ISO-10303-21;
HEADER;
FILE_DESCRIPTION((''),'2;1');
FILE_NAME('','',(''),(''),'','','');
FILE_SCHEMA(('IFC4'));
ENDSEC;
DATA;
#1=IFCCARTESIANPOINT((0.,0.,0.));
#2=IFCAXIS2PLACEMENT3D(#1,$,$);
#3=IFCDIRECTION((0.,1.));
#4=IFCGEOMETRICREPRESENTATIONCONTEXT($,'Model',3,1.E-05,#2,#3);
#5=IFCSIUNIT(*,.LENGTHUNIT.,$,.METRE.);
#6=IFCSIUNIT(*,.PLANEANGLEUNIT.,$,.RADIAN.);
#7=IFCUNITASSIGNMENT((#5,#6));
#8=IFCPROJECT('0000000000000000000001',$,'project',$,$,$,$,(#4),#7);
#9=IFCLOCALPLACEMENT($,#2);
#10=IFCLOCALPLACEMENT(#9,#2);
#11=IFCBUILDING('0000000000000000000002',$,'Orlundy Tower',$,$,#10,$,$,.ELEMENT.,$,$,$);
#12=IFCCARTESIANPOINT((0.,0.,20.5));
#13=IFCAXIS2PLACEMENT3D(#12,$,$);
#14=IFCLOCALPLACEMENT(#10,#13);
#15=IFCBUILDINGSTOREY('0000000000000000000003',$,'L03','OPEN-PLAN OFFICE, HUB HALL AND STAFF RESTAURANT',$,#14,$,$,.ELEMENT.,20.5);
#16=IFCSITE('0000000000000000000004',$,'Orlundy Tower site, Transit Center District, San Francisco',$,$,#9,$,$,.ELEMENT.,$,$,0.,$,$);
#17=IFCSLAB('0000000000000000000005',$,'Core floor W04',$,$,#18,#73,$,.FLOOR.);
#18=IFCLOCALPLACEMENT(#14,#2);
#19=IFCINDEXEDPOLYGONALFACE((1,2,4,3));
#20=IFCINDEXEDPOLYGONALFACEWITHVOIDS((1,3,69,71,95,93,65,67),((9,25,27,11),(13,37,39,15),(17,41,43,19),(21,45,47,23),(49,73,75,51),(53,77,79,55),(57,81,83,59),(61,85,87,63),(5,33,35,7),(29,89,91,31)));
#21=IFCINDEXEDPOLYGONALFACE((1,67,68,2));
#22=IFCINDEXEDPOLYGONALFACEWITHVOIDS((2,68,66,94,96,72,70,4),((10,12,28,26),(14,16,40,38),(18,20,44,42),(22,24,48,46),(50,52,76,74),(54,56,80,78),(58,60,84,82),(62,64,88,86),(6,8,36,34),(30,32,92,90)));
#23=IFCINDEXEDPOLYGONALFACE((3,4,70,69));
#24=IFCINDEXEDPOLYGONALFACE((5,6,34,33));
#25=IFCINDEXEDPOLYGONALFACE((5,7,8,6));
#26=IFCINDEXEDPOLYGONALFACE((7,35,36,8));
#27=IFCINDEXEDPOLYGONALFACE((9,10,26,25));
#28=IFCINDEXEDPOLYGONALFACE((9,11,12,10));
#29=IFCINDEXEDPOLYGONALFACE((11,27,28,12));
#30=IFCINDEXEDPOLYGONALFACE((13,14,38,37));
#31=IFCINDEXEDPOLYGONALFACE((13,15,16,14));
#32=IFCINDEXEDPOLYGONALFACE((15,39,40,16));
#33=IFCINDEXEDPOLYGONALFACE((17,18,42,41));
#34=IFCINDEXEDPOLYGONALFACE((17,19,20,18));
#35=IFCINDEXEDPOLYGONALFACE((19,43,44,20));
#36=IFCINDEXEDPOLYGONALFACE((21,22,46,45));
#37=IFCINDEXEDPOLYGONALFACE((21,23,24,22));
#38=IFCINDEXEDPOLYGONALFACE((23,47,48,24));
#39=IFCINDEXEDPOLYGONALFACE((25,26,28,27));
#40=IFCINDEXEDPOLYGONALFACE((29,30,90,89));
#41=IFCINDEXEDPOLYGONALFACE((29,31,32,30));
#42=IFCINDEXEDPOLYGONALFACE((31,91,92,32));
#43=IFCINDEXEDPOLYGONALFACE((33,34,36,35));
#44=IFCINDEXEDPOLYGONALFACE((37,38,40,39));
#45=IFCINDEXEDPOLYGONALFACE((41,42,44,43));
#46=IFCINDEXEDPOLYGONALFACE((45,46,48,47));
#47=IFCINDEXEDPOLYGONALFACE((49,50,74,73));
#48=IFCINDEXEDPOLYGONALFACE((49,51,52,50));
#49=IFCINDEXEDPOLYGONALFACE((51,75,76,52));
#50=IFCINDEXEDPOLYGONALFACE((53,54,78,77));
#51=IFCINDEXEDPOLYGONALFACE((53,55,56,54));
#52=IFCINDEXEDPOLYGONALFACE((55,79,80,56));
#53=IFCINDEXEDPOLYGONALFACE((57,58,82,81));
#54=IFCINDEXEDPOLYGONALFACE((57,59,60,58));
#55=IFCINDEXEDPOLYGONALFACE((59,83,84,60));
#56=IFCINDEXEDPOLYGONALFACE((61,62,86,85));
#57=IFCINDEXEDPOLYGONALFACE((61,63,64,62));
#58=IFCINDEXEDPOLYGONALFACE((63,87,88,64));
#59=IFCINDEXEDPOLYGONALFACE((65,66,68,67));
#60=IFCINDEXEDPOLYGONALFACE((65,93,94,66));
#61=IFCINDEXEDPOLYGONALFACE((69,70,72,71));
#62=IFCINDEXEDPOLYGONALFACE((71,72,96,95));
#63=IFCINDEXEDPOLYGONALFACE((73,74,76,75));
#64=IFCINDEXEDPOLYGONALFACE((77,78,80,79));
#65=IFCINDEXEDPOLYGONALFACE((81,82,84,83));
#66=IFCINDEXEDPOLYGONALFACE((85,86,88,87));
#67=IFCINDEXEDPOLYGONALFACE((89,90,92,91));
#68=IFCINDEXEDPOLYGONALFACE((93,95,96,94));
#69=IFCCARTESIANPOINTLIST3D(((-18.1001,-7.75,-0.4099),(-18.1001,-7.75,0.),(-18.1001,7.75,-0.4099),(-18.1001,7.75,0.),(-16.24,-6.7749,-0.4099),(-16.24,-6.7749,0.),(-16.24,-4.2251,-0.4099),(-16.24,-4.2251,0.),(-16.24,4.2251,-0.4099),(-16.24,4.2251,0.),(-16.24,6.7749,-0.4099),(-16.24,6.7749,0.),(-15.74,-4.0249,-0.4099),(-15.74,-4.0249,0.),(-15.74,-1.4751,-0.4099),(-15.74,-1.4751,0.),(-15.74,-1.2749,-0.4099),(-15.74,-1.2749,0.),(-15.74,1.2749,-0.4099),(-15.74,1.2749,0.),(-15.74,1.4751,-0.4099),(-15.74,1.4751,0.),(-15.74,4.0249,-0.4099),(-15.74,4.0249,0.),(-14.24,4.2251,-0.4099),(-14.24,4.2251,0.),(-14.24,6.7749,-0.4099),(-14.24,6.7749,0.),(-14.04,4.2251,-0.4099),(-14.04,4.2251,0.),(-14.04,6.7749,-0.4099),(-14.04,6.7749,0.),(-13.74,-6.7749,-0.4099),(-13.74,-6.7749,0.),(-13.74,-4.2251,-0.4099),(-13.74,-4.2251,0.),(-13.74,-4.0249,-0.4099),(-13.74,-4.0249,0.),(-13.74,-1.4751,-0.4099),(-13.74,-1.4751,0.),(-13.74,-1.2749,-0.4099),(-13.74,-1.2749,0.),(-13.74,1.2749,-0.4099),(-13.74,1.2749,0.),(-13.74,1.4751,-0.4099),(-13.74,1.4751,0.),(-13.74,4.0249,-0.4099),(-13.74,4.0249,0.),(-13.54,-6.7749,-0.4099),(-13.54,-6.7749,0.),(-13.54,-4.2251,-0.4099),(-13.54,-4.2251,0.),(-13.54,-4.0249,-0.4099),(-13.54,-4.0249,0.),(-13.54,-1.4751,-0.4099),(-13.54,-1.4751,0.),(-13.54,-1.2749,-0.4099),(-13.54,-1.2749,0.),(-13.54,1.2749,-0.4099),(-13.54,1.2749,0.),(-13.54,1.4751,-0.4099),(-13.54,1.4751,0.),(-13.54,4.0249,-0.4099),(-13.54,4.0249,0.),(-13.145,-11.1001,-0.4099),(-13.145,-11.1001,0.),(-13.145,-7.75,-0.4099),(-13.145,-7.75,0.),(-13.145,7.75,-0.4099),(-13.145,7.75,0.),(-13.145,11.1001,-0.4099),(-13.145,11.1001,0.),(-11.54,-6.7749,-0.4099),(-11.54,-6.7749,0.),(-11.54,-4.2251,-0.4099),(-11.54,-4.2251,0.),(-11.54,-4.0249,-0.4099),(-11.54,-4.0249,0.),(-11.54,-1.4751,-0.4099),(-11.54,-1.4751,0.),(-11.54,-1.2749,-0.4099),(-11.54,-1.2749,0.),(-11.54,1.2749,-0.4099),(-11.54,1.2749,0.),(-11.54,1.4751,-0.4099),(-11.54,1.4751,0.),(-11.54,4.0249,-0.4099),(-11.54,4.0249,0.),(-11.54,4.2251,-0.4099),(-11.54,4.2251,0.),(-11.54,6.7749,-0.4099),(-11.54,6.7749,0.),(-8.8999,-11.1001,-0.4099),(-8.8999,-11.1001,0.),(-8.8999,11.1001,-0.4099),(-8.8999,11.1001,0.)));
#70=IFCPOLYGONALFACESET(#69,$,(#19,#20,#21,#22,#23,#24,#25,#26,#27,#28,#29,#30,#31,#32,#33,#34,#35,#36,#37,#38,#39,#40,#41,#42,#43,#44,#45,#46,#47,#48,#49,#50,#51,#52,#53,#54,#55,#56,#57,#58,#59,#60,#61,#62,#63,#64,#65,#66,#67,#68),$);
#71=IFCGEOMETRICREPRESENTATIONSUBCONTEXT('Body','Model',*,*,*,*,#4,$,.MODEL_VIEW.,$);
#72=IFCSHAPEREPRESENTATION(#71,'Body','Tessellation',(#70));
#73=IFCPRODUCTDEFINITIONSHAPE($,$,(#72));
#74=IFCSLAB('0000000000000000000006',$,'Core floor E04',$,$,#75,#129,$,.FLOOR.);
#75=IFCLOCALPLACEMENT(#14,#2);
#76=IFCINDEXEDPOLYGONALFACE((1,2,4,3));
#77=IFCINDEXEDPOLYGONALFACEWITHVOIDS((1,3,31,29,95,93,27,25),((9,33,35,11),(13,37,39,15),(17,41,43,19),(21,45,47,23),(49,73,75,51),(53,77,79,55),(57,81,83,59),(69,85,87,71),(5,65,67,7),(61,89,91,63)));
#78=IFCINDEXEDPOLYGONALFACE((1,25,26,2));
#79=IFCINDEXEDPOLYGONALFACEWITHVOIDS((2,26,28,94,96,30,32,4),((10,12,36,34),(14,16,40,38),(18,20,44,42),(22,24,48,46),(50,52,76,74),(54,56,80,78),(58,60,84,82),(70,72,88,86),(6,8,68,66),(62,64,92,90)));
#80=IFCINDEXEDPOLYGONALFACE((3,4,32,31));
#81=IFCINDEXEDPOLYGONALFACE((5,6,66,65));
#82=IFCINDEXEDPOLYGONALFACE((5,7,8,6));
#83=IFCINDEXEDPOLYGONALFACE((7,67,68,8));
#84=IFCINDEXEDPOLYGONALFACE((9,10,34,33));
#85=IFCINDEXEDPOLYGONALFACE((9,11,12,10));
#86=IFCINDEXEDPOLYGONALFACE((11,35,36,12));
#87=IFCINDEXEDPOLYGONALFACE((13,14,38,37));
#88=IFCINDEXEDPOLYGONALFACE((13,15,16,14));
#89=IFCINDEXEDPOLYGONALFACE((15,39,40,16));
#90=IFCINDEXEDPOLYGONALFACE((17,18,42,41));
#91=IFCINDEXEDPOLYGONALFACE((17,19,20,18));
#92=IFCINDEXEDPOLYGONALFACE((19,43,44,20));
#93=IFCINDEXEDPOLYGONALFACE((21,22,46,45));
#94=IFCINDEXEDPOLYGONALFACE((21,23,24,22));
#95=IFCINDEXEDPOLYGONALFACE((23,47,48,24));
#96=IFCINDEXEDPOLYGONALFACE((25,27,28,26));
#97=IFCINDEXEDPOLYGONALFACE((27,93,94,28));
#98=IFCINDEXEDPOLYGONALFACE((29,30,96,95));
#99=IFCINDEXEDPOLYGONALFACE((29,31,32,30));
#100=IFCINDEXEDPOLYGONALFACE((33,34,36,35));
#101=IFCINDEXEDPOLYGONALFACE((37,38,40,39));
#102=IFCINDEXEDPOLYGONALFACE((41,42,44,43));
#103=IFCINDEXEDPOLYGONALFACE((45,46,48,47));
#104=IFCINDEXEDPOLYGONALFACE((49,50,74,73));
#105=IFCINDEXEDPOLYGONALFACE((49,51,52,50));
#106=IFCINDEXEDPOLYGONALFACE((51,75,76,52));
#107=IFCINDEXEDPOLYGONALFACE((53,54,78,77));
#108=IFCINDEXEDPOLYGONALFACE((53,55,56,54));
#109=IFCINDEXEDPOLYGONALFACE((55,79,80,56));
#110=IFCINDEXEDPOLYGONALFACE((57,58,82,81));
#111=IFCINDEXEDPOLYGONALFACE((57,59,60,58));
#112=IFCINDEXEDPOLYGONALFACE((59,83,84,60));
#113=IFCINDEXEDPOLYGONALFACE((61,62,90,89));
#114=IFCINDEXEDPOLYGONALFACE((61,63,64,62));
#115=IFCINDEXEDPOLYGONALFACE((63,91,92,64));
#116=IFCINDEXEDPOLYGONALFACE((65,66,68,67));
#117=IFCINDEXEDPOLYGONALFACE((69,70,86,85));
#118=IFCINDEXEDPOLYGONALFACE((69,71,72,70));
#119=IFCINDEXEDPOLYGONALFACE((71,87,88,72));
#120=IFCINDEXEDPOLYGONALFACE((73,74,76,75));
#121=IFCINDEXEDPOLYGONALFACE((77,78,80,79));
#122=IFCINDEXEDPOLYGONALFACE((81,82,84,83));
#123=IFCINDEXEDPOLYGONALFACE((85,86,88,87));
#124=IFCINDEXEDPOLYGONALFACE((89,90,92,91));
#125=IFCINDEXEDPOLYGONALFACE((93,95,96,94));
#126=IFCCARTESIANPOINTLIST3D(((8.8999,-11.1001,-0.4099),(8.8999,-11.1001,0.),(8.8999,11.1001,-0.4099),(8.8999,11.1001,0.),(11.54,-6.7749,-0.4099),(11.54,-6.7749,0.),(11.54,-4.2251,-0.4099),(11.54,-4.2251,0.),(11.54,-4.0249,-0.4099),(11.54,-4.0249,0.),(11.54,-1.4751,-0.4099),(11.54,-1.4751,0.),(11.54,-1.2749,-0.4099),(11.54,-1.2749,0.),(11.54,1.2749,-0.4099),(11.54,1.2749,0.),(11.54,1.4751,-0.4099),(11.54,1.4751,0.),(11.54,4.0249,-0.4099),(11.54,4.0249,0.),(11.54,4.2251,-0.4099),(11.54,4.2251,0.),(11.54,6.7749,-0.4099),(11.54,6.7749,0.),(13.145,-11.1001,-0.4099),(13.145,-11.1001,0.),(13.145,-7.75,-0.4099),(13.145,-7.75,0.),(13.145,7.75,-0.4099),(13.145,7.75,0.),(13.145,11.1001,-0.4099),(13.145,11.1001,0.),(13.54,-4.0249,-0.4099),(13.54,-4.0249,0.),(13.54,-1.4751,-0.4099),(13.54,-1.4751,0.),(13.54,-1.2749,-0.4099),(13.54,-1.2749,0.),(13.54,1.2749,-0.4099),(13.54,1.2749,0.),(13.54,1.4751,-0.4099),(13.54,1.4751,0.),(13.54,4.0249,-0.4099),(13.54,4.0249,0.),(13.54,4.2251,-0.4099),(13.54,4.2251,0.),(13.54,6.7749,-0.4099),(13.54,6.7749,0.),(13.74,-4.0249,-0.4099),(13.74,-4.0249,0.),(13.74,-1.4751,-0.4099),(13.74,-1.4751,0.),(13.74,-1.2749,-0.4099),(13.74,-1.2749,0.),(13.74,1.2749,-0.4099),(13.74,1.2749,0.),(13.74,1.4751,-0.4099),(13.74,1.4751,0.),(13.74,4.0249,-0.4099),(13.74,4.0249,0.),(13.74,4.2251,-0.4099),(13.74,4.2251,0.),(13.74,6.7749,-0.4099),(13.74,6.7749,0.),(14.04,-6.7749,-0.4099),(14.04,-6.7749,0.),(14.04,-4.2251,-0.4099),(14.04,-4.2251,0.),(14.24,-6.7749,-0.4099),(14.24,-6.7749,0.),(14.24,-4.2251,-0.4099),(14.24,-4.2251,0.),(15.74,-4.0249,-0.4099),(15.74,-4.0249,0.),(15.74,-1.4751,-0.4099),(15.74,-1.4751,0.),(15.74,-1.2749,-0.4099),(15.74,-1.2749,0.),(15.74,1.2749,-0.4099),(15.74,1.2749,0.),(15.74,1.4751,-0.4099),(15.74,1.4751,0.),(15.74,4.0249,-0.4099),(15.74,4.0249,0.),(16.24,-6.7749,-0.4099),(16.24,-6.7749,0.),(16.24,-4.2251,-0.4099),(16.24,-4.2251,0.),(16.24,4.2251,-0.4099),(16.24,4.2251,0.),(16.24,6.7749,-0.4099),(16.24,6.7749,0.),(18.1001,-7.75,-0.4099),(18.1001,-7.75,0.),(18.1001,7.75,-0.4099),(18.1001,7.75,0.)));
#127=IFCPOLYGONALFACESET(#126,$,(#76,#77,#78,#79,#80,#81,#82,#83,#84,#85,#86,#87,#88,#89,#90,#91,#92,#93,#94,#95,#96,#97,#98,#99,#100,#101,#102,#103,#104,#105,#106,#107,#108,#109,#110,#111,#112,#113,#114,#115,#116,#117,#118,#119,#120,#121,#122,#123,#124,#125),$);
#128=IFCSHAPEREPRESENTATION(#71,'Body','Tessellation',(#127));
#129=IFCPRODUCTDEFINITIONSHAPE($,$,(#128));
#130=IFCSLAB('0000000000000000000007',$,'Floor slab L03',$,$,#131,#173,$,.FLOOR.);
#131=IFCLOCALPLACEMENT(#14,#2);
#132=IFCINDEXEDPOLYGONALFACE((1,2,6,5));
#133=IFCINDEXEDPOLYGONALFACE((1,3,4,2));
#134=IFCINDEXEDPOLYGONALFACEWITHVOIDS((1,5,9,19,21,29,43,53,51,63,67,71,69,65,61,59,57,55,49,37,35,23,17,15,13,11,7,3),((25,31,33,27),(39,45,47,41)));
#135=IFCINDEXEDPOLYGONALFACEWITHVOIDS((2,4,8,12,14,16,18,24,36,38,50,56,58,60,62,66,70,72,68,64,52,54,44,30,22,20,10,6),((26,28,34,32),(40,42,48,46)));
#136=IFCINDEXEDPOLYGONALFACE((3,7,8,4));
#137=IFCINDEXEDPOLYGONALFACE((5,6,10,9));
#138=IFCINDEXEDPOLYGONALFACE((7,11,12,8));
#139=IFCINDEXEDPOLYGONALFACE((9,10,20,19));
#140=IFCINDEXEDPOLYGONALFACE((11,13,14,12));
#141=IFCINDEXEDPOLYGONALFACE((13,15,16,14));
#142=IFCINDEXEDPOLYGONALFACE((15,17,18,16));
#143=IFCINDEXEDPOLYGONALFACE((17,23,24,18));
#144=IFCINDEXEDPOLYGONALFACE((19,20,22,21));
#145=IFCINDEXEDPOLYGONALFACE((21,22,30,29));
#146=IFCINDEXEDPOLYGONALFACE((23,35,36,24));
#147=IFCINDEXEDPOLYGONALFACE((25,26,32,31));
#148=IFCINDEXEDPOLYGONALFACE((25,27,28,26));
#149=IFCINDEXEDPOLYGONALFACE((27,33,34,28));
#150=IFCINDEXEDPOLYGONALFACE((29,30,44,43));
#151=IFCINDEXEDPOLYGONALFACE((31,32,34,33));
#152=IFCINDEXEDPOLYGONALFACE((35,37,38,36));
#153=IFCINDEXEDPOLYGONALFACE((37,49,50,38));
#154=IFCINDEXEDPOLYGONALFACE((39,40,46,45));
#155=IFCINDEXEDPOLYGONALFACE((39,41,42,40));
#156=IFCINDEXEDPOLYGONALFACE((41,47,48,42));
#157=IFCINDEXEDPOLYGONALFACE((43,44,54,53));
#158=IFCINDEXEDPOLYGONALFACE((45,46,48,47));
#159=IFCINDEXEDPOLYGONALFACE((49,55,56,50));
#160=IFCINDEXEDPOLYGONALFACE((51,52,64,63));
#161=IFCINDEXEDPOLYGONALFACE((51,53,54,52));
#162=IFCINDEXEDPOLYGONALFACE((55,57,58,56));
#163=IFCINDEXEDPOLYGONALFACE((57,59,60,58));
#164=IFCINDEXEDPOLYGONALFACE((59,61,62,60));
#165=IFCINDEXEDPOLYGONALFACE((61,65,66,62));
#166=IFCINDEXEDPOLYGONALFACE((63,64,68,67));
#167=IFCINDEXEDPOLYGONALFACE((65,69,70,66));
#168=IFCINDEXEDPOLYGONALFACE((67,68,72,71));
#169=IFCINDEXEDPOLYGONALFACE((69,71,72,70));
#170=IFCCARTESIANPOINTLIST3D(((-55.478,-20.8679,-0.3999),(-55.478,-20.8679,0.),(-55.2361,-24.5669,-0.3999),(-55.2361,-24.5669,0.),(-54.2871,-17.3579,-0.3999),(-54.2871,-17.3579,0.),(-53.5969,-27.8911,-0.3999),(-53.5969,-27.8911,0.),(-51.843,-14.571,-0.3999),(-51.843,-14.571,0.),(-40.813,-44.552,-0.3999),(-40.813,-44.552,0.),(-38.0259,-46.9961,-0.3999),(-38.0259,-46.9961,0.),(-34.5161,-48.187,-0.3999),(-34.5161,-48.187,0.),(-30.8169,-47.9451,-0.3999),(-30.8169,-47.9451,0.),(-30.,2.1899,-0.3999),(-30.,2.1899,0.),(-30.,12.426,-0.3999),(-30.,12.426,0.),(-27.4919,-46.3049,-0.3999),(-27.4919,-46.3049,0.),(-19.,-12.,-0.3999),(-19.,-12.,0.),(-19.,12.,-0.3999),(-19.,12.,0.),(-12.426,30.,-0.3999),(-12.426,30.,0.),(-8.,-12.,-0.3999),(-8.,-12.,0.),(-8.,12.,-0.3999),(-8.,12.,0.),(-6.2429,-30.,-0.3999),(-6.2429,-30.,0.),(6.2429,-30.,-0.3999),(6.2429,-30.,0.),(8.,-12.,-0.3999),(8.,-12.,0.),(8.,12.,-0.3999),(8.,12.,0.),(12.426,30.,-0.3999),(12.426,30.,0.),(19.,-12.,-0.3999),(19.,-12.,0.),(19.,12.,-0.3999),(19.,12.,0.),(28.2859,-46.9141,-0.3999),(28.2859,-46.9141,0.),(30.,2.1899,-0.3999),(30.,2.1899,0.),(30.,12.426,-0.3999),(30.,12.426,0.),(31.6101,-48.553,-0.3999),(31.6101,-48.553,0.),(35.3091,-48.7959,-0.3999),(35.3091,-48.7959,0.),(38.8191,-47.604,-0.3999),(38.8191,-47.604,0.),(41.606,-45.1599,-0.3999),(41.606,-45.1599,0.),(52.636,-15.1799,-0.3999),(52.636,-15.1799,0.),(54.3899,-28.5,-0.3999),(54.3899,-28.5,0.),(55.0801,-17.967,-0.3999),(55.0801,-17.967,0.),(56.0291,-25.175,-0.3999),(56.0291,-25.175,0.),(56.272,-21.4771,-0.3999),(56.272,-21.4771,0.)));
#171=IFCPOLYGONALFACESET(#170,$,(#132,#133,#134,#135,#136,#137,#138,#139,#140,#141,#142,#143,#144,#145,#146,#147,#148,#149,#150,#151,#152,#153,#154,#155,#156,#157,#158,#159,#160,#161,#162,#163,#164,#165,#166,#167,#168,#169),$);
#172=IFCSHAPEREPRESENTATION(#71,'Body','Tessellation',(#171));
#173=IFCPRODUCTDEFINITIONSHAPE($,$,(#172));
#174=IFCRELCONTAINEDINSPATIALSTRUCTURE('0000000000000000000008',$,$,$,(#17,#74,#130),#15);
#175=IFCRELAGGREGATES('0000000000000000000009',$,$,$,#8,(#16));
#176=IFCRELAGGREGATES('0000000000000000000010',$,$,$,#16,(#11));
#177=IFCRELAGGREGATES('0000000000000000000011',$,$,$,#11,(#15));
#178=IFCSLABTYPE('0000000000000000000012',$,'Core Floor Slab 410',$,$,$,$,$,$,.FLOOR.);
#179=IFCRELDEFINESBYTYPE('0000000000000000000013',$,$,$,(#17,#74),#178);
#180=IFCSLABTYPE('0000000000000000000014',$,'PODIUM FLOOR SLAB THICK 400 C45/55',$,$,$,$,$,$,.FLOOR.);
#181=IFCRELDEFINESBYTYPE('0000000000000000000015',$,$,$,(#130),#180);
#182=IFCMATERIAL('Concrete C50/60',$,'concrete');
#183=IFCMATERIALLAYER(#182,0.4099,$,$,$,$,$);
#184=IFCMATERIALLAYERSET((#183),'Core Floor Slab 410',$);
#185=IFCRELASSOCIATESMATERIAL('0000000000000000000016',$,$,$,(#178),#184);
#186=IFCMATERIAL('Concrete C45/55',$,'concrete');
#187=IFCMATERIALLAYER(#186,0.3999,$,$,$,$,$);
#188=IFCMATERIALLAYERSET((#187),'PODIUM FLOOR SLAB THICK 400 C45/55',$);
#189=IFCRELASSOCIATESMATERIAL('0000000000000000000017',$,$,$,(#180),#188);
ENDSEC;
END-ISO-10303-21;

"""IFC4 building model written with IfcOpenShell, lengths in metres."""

from ifc_helpers import new_model, si_unit, direction, frame, origin, place, context, subcontext, project, spatial, polyline, outline, extrude, material, layer, layer_set, type_object, element, save


model = new_model("IFC4")

# Units and contexts
model_context = context("Model", 3, precision=1e-05, world=origin(), true_north=direction((0.0, 1.0)))
body_context = subcontext(model_context, "Body", "Model", "MODEL_VIEW")
ifc_project = project(units=[si_unit("LENGTHUNIT", "METRE"), si_unit("PLANEANGLEUNIT", "RADIAN")], contexts=[model_context])

# Site, building, storey
site_placement = place(None, origin())
site = spatial("IfcSite", under=ifc_project, at=site_placement, Name="Orlundy Tower site, Transit Center District, San Francisco", CompositionType="ELEMENT", RefElevation=0.0)
building_placement = place(site_placement, origin())
building = spatial("IfcBuilding", under=site, at=building_placement, Name="Orlundy Tower", CompositionType="ELEMENT")
storey_placement = place(building_placement, frame((0.0, 0.0, 20.5)))
storey = spatial("IfcBuildingStorey", under=building, at=storey_placement, Name="L03", Description="OPEN-PLAN OFFICE, HUB HALL AND STAFF RESTAURANT", CompositionType="ELEMENT", Elevation=20.5)

# Slabs
ifc_material_1 = material(Name="Concrete C50/60", Category="concrete")
ifc_layer_1 = layer(ifc_material_1, 0.4099)
ifc_layer_set_1 = layer_set([ifc_layer_1], Name="Core Floor Slab 410")
slab_type_1 = type_object("IfcSlabType", Name="Core Floor Slab 410", PredefinedType="FLOOR", material=ifc_layer_set_1)
slab_1_placement = place(storey_placement, frame((0.0, 0.0, -0.4099)))
element("IfcSlab", 1, at=slab_1_placement, inside=storey, type_object=slab_type_1, Name="Core floor W04", PredefinedType="FLOOR", context=body_context, shape_type="SweptSolid", body=[
    extrude(outline(polyline([(-8.8999, -11.1001), (-13.145, -11.1001), (-13.145, -7.75), (-18.1001, -7.75), (-18.1001, 7.75), (-13.145, 7.75), (-13.145, 11.1001), (-8.8999, 11.1001), (-8.8999, -11.1001)]), holes=[polyline([(-11.54, -6.7749), (-11.54, -4.2251), (-13.54, -4.2251), (-13.54, -6.7749), (-11.54, -6.7749)]), polyline([(-16.24, -6.7749), (-13.74, -6.7749), (-13.74, -4.2251), (-16.24, -4.2251), (-16.24, -6.7749)]), polyline([(-13.54, -1.4751), (-13.54, -4.0249), (-11.54, -4.0249), (-11.54, -1.4751), (-13.54, -1.4751)]), polyline([(-13.74, -1.4751), (-15.74, -1.4751), (-15.74, -4.0249), (-13.74, -4.0249), (-13.74, -1.4751)]), polyline([(-11.54, -1.2749), (-11.54, 1.2749), (-13.54, 1.2749), (-13.54, -1.2749), (-11.54, -1.2749)]), polyline([(-15.74, -1.2749), (-13.74, -1.2749), (-13.74, 1.2749), (-15.74, 1.2749), (-15.74, -1.2749)]), polyline([(-13.54, 4.0249), (-13.54, 1.4751), (-11.54, 1.4751), (-11.54, 4.0249), (-13.54, 4.0249)]), polyline([(-13.74, 4.0249), (-15.74, 4.0249), (-15.74, 1.4751), (-13.74, 1.4751), (-13.74, 4.0249)]), polyline([(-11.54, 4.2251), (-11.54, 6.7749), (-14.04, 6.7749), (-14.04, 4.2251), (-11.54, 4.2251)]), polyline([(-16.24, 4.2251), (-14.24, 4.2251), (-14.24, 6.7749), (-16.24, 6.7749), (-16.24, 4.2251)])]), origin(), (0.0, 0.0, 1.0), 0.4099),
])
slab_2_placement = place(storey_placement, frame((0.0, 0.0, -0.4099)))
element("IfcSlab", 2, at=slab_2_placement, inside=storey, type_object=slab_type_1, Name="Core floor E04", PredefinedType="FLOOR", context=body_context, shape_type="SweptSolid", body=[
    extrude(outline(polyline([(8.8999, 11.1001), (13.145, 11.1001), (13.145, 7.75), (18.1001, 7.75), (18.1001, -7.75), (13.145, -7.75), (13.145, -11.1001), (8.8999, -11.1001), (8.8999, 11.1001)]), holes=[polyline([(11.54, 6.7749), (11.54, 4.2251), (13.54, 4.2251), (13.54, 6.7749), (11.54, 6.7749)]), polyline([(16.24, 6.7749), (13.74, 6.7749), (13.74, 4.2251), (16.24, 4.2251), (16.24, 6.7749)]), polyline([(13.54, 1.4751), (13.54, 4.0249), (11.54, 4.0249), (11.54, 1.4751), (13.54, 1.4751)]), polyline([(13.74, 1.4751), (15.74, 1.4751), (15.74, 4.0249), (13.74, 4.0249), (13.74, 1.4751)]), polyline([(11.54, 1.2749), (11.54, -1.2749), (13.54, -1.2749), (13.54, 1.2749), (11.54, 1.2749)]), polyline([(15.74, 1.2749), (13.74, 1.2749), (13.74, -1.2749), (15.74, -1.2749), (15.74, 1.2749)]), polyline([(13.54, -4.0249), (13.54, -1.4751), (11.54, -1.4751), (11.54, -4.0249), (13.54, -4.0249)]), polyline([(13.74, -4.0249), (15.74, -4.0249), (15.74, -1.4751), (13.74, -1.4751), (13.74, -4.0249)]), polyline([(11.54, -4.2251), (11.54, -6.7749), (14.04, -6.7749), (14.04, -4.2251), (11.54, -4.2251)]), polyline([(16.24, -4.2251), (14.24, -4.2251), (14.24, -6.7749), (16.24, -6.7749), (16.24, -4.2251)])]), origin(), (0.0, 0.0, 1.0), 0.4099),
])
ifc_material_2 = material(Name="Concrete C45/55", Category="concrete")
ifc_layer_2 = layer(ifc_material_2, 0.3999)
ifc_layer_set_2 = layer_set([ifc_layer_2], Name="PODIUM FLOOR SLAB THICK 400 C45/55")
slab_type_2 = type_object("IfcSlabType", Name="PODIUM FLOOR SLAB THICK 400 C45/55", PredefinedType="FLOOR", material=ifc_layer_set_2)
slab_3_placement = place(storey_placement, frame((0.0, 0.0, -0.3999)))
element("IfcSlab", 3, at=slab_3_placement, inside=storey, type_object=slab_type_2, Name="Floor slab L03", PredefinedType="FLOOR", context=body_context, shape_type="SweptSolid", body=[
    extrude(outline(polyline([(6.2429, -30.0), (-6.2429, -30.0), (-27.4919, -46.3049), (-30.8169, -47.9451), (-34.5161, -48.187), (-38.0259, -46.9961), (-40.813, -44.552), (-53.5969, -27.8911), (-55.2361, -24.5669), (-55.478, -20.8679), (-54.2871, -17.3579), (-51.843, -14.571), (-30.0, 2.1899), (-30.0, 12.426), (-12.426, 30.0), (12.426, 30.0), (30.0, 12.426), (30.0, 2.1899), (52.636, -15.1799), (55.0801, -17.967), (56.272, -21.4771), (56.0291, -25.175), (54.3899, -28.5), (41.606, -45.1599), (38.8191, -47.604), (35.3091, -48.7959), (31.6101, -48.553), (28.2859, -46.9141), (6.2429, -30.0)]), holes=[polyline([(-8.0, -12.0), (-8.0, 12.0), (-19.0, 12.0), (-19.0, -12.0), (-8.0, -12.0)]), polyline([(19.0, -12.0), (19.0, 12.0), (8.0, 12.0), (8.0, -12.0), (19.0, -12.0)])]), origin(), (0.0, 0.0, 1.0), 0.3999),
])

save(model, "model.ifc")
